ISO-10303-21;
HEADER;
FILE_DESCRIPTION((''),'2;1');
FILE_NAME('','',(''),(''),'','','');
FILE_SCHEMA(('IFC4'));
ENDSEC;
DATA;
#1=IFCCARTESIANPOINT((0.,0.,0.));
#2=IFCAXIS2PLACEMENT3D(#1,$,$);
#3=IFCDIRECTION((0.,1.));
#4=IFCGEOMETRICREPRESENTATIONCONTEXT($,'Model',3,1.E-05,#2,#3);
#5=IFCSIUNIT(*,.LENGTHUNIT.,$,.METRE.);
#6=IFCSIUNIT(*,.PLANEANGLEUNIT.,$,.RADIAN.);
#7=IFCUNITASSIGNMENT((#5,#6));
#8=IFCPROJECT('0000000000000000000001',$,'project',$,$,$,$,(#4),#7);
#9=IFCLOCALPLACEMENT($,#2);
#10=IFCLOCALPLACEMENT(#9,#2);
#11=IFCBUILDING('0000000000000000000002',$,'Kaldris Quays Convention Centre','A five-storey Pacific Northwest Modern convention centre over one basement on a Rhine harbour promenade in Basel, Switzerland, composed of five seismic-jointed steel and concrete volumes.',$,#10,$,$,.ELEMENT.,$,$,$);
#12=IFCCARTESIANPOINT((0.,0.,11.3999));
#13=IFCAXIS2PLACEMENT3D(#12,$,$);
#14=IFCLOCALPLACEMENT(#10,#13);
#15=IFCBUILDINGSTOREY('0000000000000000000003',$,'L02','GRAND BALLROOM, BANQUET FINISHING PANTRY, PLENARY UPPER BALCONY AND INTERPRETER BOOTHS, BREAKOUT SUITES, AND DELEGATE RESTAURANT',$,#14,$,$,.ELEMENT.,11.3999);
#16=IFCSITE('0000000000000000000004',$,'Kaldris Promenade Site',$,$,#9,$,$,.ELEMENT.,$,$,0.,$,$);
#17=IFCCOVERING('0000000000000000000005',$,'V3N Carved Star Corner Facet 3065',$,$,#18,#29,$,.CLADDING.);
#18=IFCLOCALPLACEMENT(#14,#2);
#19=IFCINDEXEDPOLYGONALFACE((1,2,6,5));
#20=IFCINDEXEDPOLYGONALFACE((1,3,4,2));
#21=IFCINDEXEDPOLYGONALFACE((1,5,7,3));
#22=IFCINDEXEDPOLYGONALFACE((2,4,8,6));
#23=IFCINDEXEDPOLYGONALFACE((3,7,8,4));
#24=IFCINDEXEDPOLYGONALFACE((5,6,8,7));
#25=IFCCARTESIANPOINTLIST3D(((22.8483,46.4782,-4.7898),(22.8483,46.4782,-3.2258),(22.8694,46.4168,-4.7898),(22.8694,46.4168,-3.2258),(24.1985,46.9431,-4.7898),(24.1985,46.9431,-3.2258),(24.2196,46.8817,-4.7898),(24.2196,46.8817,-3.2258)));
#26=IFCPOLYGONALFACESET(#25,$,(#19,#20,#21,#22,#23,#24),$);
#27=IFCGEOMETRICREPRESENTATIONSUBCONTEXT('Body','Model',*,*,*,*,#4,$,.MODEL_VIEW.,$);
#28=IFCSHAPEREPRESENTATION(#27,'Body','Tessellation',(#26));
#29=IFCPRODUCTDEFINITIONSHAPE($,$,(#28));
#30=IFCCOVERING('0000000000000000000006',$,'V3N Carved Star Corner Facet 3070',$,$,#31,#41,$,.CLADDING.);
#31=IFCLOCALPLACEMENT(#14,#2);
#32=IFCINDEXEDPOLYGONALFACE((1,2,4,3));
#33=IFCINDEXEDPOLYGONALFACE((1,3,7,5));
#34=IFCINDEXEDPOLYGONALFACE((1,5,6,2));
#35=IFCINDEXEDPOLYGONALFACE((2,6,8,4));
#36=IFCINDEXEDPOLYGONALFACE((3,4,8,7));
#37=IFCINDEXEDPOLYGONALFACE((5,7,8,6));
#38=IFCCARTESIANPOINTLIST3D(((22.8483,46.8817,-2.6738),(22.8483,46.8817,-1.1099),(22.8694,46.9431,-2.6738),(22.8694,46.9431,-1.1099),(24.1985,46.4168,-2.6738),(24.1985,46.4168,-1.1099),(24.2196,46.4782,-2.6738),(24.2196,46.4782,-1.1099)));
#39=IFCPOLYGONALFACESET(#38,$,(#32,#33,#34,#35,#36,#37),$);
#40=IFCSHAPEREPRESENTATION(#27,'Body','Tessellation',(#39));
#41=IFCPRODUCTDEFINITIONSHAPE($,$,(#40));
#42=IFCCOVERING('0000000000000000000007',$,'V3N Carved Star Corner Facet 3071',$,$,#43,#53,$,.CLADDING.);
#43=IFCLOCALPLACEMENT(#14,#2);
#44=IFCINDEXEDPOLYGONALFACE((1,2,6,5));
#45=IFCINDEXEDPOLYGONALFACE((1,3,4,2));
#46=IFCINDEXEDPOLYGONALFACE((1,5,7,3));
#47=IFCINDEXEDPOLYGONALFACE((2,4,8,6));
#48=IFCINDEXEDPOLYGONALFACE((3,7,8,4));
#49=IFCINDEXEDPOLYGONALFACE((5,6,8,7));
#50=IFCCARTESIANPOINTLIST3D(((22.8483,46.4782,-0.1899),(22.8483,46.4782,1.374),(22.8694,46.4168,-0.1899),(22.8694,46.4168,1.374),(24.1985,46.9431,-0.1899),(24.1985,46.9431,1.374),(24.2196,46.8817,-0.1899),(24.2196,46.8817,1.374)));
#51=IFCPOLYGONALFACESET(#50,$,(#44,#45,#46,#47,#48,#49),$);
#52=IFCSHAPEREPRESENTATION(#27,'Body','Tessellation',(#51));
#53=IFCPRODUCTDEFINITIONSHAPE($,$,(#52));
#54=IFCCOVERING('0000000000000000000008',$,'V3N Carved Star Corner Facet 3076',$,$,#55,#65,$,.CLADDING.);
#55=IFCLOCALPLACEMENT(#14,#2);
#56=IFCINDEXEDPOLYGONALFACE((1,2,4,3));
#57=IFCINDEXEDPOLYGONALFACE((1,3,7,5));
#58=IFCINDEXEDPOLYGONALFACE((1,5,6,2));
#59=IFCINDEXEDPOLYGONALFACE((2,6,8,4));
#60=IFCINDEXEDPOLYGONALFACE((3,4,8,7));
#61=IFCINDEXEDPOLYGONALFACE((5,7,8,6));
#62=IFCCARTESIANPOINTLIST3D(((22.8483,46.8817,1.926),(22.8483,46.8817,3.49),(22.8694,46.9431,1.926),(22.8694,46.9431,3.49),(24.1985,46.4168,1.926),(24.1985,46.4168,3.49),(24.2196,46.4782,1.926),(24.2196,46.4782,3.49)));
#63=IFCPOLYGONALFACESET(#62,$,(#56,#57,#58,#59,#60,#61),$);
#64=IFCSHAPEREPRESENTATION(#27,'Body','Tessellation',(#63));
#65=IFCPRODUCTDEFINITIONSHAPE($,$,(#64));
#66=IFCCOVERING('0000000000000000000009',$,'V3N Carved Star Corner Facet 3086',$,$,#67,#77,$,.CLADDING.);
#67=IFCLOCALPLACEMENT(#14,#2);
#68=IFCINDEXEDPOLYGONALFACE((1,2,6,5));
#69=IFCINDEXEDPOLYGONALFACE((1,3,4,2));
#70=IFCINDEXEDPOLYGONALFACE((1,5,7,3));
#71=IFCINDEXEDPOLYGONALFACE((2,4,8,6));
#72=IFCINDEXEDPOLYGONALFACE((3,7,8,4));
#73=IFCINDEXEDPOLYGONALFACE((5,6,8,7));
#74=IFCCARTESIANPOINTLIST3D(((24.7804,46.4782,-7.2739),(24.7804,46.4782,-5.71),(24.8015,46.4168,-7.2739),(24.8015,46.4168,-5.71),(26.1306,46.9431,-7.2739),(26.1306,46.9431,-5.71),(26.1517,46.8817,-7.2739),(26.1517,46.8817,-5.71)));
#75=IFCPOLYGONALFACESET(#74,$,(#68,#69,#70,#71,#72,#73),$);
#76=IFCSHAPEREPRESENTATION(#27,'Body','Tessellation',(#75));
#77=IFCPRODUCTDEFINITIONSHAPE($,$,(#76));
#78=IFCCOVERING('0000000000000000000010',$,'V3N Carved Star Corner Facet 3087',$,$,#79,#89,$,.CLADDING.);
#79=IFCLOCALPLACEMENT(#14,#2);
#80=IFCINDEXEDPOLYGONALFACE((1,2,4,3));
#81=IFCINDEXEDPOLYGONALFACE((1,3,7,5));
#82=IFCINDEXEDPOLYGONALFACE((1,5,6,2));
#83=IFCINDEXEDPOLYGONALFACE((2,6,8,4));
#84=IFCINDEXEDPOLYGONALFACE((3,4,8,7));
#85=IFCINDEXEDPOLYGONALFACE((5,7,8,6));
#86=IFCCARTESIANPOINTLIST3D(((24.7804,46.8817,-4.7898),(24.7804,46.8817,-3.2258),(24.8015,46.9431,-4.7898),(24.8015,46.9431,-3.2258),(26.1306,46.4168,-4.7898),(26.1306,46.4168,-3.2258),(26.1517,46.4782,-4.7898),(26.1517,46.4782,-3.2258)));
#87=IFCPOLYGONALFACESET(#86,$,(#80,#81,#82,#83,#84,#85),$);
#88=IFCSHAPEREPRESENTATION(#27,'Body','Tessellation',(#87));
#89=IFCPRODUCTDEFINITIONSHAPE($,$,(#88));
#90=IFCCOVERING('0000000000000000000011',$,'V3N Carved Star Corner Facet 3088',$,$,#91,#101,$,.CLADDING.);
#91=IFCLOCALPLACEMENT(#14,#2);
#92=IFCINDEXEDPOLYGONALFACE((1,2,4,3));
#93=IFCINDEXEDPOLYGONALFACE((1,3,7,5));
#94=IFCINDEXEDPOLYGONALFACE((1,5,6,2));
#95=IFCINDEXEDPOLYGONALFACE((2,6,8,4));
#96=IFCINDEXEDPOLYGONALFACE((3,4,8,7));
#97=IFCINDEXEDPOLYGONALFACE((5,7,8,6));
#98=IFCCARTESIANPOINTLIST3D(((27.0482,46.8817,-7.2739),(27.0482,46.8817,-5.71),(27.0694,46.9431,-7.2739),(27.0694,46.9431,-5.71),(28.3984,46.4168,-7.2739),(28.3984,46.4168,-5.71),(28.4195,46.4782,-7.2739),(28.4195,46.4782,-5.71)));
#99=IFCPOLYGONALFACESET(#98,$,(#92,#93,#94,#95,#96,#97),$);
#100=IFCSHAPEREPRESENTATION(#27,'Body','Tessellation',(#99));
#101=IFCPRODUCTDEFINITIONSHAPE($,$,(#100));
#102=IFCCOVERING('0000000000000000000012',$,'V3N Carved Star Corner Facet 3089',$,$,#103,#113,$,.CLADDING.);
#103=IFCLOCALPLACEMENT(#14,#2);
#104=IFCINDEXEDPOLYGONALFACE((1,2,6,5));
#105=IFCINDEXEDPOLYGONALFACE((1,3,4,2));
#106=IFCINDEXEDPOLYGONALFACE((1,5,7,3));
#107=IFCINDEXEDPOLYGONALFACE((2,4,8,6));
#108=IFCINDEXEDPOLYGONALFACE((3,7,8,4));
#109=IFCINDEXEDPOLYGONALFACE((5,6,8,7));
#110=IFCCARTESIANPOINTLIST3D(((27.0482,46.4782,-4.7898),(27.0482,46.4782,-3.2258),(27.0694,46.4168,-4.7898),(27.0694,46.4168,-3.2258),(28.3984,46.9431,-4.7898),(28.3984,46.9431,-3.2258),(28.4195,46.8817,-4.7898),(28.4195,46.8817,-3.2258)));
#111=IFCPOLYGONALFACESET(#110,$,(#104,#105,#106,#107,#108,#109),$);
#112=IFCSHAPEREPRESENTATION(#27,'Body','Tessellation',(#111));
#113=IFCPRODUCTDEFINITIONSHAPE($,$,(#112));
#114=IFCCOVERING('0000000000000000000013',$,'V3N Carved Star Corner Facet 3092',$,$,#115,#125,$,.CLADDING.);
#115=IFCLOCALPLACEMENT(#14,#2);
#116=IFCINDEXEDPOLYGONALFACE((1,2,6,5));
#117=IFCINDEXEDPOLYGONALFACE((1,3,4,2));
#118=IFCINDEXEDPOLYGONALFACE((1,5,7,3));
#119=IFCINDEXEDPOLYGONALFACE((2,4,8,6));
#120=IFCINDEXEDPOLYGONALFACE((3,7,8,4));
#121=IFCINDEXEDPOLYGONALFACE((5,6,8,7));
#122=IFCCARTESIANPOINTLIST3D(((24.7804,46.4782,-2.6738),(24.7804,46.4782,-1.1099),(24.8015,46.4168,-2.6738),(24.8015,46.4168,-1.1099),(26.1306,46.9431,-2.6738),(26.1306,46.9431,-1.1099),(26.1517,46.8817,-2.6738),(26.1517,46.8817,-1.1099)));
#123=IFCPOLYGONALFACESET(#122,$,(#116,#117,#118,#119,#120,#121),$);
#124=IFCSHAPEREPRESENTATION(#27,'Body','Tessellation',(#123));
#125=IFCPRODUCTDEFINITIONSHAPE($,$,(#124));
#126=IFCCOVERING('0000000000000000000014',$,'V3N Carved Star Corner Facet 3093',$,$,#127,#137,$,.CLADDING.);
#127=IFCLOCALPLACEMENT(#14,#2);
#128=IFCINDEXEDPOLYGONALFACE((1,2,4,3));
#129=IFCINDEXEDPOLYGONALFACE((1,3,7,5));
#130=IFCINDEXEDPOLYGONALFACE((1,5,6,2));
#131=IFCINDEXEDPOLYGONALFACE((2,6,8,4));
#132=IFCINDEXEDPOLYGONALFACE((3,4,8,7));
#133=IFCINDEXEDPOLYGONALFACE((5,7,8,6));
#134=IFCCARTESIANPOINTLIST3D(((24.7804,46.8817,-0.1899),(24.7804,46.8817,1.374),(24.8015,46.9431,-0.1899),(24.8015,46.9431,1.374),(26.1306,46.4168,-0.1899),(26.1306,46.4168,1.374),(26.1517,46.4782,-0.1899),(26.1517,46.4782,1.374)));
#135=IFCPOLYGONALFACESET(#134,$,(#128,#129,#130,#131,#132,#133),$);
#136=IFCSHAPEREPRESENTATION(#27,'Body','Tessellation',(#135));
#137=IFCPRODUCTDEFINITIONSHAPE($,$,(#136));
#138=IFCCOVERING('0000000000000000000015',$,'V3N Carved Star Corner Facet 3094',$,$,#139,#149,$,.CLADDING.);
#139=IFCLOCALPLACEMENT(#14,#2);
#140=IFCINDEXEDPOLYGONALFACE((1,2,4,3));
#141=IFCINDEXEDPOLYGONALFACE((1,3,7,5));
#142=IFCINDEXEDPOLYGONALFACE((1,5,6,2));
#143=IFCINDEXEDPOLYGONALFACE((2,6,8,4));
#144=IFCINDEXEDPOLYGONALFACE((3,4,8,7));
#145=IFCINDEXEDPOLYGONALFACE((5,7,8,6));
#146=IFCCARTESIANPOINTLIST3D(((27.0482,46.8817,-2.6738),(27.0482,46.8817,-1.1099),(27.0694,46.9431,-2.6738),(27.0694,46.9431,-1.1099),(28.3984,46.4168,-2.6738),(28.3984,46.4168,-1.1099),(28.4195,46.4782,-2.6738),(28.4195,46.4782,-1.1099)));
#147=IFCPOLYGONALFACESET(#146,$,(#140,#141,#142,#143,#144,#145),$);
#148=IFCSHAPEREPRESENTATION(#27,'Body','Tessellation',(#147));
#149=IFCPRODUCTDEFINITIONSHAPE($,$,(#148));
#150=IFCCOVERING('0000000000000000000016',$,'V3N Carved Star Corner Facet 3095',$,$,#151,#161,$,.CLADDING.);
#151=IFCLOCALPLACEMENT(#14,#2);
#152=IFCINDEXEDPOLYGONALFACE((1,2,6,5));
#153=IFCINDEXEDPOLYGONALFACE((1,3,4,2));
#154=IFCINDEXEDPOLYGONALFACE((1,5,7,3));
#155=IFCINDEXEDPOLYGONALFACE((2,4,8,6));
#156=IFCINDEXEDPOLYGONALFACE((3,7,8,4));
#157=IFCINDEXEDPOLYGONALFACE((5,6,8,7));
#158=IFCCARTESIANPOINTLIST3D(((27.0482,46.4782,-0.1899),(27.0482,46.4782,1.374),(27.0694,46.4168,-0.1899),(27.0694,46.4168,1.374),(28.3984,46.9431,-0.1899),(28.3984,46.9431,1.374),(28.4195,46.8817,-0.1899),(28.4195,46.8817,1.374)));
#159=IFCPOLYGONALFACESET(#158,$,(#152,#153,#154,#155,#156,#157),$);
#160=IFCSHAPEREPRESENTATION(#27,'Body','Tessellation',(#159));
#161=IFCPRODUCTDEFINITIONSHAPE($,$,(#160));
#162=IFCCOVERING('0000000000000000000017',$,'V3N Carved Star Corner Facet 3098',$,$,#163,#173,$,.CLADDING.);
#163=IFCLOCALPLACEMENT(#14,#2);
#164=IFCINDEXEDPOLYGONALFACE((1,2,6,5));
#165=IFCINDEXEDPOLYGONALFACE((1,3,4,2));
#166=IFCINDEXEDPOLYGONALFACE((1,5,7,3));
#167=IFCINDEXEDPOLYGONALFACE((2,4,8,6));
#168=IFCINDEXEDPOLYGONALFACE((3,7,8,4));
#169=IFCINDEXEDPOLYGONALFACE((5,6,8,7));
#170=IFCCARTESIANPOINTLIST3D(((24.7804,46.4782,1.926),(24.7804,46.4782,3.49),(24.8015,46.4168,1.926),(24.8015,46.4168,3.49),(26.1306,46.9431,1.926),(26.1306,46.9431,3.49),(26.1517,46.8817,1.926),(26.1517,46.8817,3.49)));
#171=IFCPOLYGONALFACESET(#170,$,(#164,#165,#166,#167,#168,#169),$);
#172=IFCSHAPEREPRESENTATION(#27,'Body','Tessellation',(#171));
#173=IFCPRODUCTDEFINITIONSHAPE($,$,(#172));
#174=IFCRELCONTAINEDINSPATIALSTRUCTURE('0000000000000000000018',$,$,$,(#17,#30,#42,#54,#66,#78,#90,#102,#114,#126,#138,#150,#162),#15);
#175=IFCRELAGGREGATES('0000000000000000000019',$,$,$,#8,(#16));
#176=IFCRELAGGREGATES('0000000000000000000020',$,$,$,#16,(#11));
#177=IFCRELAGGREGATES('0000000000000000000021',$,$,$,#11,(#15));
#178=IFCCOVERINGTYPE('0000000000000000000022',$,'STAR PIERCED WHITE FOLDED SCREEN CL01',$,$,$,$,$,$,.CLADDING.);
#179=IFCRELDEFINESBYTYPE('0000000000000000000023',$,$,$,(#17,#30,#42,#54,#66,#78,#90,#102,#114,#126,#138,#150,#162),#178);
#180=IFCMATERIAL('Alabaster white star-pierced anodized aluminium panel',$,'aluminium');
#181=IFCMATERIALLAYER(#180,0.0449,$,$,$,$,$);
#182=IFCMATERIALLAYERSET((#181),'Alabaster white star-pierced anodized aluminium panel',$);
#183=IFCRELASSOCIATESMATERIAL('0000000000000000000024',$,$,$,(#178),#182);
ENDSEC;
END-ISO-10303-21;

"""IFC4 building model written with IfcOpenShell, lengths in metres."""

from ifc_helpers import new_model, si_unit, direction, frame, origin, origin_2d, place, context, subcontext, project, spatial, rectangle, extrude, material, layer, layer_set, type_object, element, save


model = new_model("IFC4")

# Units and contexts
model_context = context("Model", 3, precision=1e-05, world=origin(), true_north=direction((0.0, 1.0)))
body_context = subcontext(model_context, "Body", "Model", "MODEL_VIEW")
ifc_project = project(units=[si_unit("LENGTHUNIT", "METRE"), si_unit("PLANEANGLEUNIT", "RADIAN")], contexts=[model_context])

# Site, building, storey
site_placement = place(None, origin())
site = spatial("IfcSite", under=ifc_project, at=site_placement, Name="Kaldris Promenade Site", CompositionType="ELEMENT", RefElevation=0.0)
building_placement = place(site_placement, origin())
building = spatial("IfcBuilding", under=site, at=building_placement, Name="Kaldris Quays Convention Centre", Description="A five-storey Pacific Northwest Modern convention centre over one basement on a Rhine harbour promenade in Basel, Switzerland, composed of five seismic-jointed steel and concrete volumes.", CompositionType="ELEMENT")
storey_placement = place(building_placement, frame((0.0, 0.0, 11.3999)))
storey = spatial("IfcBuildingStorey", under=building, at=storey_placement, Name="L02", Description="GRAND BALLROOM, BANQUET FINISHING PANTRY, PLENARY UPPER BALCONY AND INTERPRETER BOOTHS, BREAKOUT SUITES, AND DELEGATE RESTAURANT", CompositionType="ELEMENT", Elevation=11.3999)

# Coverings
ifc_material_1 = material(Name="Alabaster white star-pierced anodized aluminium panel", Category="aluminium")
ifc_layer = layer(ifc_material_1, 0.0449)
ifc_layer_set = layer_set([ifc_layer], Name="Alabaster white star-pierced anodized aluminium panel")
covering_type = type_object("IfcCoveringType", Name="STAR PIERCED WHITE FOLDED SCREEN CL01", PredefinedType="CLADDING", material=ifc_layer_set)
for number, where, z_axis, x_axis, name in (
    (1, (23.5339, 46.6799, -4.7898), (0.0, 0.0, 1.0), (0.945519, 0.325568, 0.0), "V3N Carved Star Corner Facet 3065"),
    (2, (23.5339, 46.6799, -2.6738), (0.0, 0.0, 1.0), (0.945519, -0.325568, 0.0), "V3N Carved Star Corner Facet 3070"),
    (3, (23.5339, 46.6799, -0.1899), (0.0, 0.0, 1.0), (0.945519, 0.325568, 0.0), "V3N Carved Star Corner Facet 3071"),
    (4, (23.5339, 46.6799, 1.926), (0.0, 0.0, 1.0), (0.945519, -0.325568, 0.0), "V3N Carved Star Corner Facet 3076"),
    (5, (25.4661, 46.6799, -7.2739), (0.0, 0.0, 1.0), (0.945519, 0.325568, 0.0), "V3N Carved Star Corner Facet 3086"),
    (6, (25.4661, 46.6799, -4.7898), (0.0, 0.0, 1.0), (0.945519, -0.325568, 0.0), "V3N Carved Star Corner Facet 3087"),
    (7, (27.7339, 46.6799, -7.2739), (0.0, 0.0, 1.0), (0.945519, -0.325568, 0.0), "V3N Carved Star Corner Facet 3088"),
    (8, (27.7339, 46.6799, -4.7898), (0.0, 0.0, 1.0), (0.945519, 0.325568, 0.0), "V3N Carved Star Corner Facet 3089"),
    (9, (25.4661, 46.6799, -2.6738), (0.0, 0.0, 1.0), (0.945519, 0.325568, 0.0), "V3N Carved Star Corner Facet 3092"),
    (10, (25.4661, 46.6799, -0.1899), (0.0, 0.0, 1.0), (0.945519, -0.325568, 0.0), "V3N Carved Star Corner Facet 3093"),
    (11, (27.7339, 46.6799, -2.6738), (0.0, 0.0, 1.0), (0.945519, -0.325568, 0.0), "V3N Carved Star Corner Facet 3094"),
    (12, (27.7339, 46.6799, -0.1899), (0.0, 0.0, 1.0), (0.945519, 0.325568, 0.0), "V3N Carved Star Corner Facet 3095"),
    (13, (25.4661, 46.6799, 1.926), (0.0, 0.0, 1.0), (0.945519, 0.325568, 0.0), "V3N Carved Star Corner Facet 3098"),
):
    element("IfcCovering", number, at=place(storey_placement, frame(where, z_axis=z_axis, x_axis=x_axis)), inside=storey, type_object=covering_type, Name=name, PredefinedType="CLADDING", context=body_context, shape_type="SweptSolid", body=[
        extrude(rectangle(XDim=1.428, YDim=0.0649, at=origin_2d()), origin(), (0.0, 0.0, 1.0), 1.564),
    ])

save(model, "model.ifc")
